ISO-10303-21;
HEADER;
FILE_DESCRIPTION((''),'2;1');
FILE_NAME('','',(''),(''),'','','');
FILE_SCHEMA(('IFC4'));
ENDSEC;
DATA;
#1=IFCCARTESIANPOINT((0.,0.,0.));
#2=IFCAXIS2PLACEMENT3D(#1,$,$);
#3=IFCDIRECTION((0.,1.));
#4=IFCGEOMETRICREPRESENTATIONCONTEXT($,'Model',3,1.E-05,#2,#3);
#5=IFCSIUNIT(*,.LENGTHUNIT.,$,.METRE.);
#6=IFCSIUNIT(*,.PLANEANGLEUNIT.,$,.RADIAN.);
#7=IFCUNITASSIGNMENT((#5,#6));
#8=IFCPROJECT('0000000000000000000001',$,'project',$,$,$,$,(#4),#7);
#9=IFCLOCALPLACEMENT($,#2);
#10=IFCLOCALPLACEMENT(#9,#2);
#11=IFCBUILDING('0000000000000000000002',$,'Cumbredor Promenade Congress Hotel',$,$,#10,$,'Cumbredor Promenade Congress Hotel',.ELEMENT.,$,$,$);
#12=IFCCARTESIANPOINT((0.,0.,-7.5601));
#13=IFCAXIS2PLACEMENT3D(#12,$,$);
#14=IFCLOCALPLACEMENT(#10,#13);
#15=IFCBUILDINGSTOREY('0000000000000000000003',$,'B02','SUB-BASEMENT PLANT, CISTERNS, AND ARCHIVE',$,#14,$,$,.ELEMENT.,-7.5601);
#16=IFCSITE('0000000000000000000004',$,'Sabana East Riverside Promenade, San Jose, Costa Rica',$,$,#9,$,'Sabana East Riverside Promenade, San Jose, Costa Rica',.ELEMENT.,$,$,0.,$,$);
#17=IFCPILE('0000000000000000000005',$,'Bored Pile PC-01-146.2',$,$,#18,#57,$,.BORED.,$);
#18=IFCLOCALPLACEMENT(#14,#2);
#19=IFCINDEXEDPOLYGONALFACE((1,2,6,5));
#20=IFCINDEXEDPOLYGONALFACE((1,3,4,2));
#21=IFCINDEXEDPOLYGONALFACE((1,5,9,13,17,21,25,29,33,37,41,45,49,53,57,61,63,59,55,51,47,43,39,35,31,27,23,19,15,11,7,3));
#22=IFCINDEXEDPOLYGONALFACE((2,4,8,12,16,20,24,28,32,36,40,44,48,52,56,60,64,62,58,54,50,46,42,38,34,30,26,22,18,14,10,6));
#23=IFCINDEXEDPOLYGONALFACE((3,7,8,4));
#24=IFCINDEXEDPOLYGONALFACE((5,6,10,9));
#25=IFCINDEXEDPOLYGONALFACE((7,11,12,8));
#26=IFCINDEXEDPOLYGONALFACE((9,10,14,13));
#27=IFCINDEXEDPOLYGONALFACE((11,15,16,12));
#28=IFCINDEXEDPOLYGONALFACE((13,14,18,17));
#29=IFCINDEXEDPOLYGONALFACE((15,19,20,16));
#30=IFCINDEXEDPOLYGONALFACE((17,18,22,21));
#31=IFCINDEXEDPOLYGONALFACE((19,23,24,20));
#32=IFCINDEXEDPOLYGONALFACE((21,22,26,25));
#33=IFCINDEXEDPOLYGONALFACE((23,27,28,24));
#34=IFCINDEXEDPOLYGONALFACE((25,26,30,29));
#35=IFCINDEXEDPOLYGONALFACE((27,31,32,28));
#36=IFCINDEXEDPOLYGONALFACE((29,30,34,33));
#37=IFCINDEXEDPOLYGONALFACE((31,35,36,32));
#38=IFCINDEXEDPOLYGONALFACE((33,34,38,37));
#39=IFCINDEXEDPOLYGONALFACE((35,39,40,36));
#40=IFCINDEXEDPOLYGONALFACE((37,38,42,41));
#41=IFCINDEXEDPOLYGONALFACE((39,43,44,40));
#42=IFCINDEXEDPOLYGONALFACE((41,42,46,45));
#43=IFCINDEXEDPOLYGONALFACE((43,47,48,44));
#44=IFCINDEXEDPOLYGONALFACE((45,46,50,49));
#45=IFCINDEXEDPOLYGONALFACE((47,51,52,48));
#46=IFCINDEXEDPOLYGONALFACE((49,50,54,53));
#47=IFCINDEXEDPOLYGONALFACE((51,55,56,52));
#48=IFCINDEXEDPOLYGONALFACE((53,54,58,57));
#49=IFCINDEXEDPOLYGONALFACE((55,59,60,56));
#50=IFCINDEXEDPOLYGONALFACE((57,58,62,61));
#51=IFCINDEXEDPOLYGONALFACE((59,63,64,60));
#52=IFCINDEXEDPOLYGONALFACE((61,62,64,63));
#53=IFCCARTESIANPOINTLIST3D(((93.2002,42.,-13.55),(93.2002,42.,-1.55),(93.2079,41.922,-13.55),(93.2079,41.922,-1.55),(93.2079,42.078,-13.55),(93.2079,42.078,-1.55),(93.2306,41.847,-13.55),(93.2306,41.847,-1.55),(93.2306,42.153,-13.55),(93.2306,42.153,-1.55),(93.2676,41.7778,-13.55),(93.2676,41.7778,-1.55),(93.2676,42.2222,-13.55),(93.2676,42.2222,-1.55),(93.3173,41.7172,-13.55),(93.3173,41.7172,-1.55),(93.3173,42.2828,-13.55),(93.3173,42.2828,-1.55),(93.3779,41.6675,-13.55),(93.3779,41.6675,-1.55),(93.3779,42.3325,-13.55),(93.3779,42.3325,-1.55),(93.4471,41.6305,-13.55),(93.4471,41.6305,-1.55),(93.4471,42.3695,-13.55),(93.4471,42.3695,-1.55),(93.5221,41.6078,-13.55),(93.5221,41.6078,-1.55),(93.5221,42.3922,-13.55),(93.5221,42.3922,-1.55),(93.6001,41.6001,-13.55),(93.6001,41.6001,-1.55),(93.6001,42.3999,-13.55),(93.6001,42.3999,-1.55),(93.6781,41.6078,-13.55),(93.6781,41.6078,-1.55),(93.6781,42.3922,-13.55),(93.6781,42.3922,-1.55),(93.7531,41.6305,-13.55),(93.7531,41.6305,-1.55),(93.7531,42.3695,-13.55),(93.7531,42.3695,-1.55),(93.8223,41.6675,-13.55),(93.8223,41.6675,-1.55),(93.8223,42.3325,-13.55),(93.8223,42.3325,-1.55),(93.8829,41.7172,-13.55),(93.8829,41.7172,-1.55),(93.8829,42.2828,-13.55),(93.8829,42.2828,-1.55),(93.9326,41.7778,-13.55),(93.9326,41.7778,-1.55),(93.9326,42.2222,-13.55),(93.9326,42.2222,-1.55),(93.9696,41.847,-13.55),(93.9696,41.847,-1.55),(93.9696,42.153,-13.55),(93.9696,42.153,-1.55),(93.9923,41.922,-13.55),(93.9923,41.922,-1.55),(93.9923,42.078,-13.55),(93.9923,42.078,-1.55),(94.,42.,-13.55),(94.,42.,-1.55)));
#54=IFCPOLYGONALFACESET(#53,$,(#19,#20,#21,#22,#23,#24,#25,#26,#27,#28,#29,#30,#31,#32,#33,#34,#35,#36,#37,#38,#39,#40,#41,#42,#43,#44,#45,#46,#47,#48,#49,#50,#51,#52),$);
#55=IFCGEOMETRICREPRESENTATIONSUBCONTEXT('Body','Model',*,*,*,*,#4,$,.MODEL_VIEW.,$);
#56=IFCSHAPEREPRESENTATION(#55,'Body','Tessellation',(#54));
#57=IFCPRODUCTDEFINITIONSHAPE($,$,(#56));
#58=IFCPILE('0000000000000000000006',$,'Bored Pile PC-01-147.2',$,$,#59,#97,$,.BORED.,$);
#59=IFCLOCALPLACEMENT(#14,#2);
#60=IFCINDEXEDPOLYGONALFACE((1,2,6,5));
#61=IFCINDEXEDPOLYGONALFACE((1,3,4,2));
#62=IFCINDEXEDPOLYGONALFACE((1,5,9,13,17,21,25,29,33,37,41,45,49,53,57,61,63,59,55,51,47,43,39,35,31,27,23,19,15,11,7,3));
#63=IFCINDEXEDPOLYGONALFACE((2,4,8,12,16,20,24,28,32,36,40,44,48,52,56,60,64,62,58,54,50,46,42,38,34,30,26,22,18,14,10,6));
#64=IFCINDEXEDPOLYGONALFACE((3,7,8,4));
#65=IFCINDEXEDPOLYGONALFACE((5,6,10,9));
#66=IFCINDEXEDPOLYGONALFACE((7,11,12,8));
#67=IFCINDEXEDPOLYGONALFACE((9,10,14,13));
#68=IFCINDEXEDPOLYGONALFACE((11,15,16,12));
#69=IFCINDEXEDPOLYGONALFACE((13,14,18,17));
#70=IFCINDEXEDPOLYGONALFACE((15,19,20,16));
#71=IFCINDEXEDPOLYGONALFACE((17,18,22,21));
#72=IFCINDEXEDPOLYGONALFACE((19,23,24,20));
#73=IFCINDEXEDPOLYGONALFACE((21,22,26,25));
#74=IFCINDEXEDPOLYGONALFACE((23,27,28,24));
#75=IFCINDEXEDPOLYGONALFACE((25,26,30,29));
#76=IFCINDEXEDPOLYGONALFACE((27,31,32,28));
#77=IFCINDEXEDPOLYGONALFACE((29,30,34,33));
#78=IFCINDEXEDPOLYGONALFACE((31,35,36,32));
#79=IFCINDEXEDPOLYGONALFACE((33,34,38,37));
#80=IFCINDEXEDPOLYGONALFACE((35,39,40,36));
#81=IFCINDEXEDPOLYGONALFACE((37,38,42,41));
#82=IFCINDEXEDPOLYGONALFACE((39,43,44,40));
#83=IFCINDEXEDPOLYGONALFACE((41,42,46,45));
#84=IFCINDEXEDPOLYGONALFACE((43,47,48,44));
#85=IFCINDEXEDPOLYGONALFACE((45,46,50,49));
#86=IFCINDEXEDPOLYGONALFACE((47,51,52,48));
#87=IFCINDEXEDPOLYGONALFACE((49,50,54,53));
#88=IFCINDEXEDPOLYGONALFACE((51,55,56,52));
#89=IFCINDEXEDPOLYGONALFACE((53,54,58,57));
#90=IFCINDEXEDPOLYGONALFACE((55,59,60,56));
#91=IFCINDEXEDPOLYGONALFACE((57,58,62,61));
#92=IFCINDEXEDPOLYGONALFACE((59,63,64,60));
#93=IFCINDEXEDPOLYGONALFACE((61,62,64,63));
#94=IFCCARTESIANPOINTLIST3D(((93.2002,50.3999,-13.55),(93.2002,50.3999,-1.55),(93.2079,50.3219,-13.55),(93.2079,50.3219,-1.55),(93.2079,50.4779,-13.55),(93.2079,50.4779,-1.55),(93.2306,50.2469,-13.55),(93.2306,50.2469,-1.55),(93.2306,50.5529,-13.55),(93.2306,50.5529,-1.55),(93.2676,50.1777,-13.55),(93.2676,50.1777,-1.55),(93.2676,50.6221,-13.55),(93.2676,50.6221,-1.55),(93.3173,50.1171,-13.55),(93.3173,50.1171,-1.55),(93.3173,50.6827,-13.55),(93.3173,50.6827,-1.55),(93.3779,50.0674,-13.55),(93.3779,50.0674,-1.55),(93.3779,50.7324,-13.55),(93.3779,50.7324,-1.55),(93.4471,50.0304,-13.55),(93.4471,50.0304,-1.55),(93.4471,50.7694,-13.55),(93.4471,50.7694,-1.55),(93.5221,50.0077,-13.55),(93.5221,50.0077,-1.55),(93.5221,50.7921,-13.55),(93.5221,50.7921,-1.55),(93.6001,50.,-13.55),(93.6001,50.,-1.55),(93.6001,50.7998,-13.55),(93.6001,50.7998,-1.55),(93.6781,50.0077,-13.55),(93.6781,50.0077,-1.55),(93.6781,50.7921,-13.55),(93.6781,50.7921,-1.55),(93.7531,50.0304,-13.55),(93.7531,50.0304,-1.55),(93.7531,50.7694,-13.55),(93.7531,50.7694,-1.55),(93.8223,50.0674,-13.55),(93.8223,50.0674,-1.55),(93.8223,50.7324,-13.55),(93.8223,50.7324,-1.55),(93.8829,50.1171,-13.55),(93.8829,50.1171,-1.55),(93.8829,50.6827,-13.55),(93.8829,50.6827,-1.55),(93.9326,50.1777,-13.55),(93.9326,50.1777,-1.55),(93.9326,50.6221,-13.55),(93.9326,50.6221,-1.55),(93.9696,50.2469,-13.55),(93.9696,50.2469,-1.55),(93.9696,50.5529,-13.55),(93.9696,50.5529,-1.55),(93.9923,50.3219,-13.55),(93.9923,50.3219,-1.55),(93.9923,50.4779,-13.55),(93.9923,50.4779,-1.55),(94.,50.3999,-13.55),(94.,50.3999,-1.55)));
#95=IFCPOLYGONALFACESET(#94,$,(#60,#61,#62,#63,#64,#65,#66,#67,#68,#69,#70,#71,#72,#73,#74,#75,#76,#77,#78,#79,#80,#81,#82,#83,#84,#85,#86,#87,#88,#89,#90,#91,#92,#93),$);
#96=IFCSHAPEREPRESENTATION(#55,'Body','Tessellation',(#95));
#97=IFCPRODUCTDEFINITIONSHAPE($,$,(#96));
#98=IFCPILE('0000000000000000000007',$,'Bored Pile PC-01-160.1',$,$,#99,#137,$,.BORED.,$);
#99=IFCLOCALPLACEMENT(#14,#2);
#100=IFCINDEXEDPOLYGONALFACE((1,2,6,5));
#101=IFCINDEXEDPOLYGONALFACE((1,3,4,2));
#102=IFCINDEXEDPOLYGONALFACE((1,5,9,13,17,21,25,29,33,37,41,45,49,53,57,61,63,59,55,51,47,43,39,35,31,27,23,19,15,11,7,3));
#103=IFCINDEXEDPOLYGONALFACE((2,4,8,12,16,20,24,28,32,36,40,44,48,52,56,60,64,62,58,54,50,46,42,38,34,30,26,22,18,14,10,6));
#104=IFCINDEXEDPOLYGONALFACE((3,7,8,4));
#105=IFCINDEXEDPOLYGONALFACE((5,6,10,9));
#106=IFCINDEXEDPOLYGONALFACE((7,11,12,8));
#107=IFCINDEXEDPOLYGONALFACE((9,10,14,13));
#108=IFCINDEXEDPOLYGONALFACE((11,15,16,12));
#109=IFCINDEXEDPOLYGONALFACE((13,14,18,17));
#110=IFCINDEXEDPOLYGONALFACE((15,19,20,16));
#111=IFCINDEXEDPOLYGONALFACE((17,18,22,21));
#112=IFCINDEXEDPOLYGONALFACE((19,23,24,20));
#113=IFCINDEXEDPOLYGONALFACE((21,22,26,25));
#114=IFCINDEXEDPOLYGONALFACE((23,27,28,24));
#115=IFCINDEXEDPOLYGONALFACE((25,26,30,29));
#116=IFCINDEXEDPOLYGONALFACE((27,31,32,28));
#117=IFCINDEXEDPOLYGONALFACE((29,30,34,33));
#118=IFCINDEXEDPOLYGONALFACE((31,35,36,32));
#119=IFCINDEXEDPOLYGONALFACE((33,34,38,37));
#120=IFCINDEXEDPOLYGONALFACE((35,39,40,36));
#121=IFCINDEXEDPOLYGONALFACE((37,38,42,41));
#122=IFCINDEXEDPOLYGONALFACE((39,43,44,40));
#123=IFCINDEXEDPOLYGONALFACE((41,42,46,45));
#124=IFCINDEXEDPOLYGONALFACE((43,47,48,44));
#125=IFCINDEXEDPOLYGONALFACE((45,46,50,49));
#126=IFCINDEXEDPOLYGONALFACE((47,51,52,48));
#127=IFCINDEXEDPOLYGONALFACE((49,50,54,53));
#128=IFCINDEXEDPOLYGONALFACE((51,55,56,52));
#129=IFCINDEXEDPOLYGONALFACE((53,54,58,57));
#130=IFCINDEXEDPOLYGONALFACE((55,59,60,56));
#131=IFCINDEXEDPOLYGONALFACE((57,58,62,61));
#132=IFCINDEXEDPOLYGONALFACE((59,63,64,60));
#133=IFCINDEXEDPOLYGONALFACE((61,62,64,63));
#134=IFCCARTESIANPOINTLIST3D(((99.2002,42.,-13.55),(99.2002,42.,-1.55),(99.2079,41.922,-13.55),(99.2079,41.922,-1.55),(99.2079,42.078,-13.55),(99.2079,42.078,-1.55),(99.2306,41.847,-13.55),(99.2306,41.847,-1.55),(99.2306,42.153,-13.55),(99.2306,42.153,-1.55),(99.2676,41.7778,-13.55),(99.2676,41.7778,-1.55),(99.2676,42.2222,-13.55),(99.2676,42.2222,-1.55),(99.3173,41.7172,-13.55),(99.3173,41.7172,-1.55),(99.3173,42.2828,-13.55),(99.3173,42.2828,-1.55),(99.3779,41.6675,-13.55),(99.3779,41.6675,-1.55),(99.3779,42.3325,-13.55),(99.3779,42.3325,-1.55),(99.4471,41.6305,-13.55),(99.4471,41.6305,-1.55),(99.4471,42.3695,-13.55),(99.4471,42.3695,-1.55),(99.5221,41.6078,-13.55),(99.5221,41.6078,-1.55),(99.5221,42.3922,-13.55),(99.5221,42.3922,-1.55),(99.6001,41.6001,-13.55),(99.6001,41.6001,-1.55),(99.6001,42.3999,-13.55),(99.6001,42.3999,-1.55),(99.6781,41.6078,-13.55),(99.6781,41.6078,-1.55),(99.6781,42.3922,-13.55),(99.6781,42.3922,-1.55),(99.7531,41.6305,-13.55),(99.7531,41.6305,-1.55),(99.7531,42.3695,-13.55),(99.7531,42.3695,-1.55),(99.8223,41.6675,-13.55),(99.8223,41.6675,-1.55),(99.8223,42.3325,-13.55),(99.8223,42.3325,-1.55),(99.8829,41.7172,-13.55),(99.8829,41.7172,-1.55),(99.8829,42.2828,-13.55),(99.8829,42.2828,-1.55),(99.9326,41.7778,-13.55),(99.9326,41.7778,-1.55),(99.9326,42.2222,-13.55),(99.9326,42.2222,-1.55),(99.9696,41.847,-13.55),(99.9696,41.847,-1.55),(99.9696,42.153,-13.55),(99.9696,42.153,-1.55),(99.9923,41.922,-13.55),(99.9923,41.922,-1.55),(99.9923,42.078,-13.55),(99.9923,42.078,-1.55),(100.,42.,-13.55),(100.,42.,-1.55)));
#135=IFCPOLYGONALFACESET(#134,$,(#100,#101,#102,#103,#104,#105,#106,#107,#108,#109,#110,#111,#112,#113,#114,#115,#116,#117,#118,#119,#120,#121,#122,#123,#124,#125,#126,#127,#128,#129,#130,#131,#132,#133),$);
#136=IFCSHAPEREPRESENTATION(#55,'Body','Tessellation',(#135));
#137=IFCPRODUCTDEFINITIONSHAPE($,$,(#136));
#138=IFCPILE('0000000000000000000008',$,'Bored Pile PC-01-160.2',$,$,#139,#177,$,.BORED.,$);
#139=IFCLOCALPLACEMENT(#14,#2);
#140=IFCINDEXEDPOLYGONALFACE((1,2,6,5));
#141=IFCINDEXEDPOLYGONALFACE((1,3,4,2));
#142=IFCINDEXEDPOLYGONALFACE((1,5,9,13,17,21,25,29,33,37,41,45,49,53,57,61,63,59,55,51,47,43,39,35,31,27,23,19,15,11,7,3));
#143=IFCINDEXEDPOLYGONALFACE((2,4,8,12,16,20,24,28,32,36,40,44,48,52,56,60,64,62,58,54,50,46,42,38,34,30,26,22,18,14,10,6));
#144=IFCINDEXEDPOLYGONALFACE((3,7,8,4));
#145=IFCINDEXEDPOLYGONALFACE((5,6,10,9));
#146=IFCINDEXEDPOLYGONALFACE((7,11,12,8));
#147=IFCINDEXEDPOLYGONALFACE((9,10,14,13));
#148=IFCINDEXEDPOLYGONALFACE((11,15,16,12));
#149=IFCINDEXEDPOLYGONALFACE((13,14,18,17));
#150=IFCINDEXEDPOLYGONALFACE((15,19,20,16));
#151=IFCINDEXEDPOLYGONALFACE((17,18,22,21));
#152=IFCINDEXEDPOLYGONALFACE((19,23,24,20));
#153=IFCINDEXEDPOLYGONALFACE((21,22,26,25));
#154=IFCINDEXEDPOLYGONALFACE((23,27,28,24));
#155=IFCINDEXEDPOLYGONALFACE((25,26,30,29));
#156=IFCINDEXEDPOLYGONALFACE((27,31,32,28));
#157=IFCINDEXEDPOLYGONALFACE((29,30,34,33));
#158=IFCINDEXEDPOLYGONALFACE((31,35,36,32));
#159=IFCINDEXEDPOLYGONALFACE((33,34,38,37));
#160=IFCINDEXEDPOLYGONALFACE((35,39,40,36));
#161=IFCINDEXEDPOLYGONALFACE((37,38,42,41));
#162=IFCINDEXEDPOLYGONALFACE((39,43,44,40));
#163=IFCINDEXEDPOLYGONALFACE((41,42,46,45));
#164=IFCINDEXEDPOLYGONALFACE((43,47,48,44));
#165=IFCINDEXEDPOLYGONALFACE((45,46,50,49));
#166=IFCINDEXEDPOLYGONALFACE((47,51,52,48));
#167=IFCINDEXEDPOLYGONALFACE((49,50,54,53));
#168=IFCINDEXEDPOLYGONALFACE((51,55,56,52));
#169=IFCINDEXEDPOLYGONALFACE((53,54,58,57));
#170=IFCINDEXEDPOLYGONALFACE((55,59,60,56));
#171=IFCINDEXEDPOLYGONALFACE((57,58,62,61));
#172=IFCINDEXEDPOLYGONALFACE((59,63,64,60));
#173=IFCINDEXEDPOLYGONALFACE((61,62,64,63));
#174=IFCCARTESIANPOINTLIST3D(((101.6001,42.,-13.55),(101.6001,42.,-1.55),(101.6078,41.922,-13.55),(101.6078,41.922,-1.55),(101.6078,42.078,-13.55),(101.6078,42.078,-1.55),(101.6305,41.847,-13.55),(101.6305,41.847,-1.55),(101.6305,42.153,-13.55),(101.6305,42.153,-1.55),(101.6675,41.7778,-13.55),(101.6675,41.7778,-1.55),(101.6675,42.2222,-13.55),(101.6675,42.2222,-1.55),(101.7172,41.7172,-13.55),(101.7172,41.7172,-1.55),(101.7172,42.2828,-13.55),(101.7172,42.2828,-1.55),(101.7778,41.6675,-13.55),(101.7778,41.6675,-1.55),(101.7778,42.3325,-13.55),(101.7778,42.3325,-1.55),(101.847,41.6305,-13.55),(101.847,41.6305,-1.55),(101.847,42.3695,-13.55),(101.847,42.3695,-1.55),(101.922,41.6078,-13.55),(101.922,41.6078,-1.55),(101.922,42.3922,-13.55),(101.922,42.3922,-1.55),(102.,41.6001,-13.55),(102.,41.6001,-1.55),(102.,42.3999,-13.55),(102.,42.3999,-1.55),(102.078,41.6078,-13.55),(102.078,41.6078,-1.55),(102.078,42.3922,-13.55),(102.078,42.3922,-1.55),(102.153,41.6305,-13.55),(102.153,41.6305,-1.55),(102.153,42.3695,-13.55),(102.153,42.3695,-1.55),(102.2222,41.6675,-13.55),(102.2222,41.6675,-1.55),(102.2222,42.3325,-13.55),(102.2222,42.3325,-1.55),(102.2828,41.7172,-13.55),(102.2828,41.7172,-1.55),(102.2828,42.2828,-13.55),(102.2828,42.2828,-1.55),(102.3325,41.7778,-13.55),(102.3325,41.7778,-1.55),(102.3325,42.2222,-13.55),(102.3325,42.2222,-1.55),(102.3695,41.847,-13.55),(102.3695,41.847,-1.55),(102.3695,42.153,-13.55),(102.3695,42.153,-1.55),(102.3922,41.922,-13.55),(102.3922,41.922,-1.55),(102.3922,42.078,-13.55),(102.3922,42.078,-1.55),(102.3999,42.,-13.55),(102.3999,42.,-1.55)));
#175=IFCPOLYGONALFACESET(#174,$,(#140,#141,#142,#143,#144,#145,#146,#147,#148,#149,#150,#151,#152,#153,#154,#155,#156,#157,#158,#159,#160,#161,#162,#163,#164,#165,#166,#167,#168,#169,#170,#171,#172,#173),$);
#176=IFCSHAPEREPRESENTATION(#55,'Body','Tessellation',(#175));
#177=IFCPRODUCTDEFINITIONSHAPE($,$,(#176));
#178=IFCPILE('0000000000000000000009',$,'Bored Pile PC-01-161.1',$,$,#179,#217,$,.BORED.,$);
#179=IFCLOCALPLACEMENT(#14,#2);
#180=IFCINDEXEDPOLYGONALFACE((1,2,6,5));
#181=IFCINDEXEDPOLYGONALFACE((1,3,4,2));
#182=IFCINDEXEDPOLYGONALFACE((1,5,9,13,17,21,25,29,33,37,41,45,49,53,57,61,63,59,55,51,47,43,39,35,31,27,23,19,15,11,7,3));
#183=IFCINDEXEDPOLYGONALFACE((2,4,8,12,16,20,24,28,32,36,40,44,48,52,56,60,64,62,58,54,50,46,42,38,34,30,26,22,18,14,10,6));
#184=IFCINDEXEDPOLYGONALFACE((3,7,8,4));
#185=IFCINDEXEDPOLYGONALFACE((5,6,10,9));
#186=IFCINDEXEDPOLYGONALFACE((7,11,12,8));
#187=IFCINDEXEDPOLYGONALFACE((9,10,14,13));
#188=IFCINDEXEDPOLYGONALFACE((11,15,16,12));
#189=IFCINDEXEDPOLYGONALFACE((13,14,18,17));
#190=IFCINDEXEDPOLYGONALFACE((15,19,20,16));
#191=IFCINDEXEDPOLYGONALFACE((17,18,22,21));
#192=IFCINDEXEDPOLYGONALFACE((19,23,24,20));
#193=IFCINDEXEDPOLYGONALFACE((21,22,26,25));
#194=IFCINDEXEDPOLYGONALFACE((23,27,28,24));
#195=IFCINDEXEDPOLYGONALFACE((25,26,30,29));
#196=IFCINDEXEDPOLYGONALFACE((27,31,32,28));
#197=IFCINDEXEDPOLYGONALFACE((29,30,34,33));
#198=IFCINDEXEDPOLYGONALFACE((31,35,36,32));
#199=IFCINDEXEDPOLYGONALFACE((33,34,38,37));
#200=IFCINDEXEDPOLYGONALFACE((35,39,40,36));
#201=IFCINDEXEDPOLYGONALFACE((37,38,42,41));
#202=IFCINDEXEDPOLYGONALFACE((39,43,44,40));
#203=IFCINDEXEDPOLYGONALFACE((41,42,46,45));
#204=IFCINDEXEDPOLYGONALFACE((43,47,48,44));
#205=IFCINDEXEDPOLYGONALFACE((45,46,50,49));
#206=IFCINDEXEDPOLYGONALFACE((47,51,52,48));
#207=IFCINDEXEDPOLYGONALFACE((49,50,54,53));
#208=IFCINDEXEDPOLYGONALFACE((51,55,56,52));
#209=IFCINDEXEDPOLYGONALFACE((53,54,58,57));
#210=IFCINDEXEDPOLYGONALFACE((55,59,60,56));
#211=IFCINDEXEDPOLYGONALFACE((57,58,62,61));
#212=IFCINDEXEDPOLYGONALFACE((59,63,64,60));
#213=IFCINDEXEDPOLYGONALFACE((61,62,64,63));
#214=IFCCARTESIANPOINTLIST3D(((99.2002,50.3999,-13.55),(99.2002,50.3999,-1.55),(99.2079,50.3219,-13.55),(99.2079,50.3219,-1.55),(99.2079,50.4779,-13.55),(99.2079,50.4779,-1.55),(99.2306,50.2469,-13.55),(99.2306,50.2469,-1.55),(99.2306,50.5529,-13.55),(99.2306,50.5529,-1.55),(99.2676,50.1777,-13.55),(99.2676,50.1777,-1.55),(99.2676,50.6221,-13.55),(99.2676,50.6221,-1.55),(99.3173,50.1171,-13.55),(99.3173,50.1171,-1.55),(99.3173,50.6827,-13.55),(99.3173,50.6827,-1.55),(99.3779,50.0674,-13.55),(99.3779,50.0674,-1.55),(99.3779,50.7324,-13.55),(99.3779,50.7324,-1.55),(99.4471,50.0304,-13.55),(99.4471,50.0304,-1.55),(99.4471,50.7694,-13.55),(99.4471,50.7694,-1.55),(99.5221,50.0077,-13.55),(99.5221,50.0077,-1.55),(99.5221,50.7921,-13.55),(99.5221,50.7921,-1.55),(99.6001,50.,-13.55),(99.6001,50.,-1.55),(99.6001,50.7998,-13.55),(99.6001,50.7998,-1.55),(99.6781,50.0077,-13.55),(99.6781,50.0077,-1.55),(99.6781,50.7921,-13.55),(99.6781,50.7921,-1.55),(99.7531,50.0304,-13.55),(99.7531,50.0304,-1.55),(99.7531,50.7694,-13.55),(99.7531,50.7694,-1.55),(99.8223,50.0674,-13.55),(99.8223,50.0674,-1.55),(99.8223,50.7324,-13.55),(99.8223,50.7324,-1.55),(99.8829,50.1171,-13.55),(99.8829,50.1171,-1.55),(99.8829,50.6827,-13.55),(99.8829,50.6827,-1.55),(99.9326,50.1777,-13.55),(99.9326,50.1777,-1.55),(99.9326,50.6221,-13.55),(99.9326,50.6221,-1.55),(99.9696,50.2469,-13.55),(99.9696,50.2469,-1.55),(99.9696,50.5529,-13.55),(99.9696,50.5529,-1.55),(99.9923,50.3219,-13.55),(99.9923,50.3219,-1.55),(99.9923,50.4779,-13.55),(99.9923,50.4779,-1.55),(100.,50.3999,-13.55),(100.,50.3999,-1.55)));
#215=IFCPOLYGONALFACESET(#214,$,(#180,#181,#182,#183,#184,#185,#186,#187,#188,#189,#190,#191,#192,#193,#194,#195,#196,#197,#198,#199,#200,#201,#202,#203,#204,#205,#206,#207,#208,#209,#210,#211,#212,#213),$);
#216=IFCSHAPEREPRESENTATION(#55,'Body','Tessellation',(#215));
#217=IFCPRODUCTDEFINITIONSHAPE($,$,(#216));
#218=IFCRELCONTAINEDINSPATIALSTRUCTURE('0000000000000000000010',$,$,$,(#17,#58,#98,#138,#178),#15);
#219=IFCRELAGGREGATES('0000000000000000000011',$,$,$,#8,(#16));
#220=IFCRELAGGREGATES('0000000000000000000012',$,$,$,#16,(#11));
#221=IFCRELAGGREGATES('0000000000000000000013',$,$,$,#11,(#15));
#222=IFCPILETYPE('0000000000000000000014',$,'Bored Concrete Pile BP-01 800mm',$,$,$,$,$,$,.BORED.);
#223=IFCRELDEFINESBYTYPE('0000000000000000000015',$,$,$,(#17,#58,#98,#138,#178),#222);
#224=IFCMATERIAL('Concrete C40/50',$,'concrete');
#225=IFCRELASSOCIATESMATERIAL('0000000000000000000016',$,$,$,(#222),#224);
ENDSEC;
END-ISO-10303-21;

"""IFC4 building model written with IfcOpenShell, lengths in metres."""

from ifc_helpers import new_model, si_unit, direction, frame, origin, origin_2d, place, context, subcontext, project, spatial, circle, extrude, material, material_profile, profile_set, type_object, element, save


model = new_model("IFC4")

# Units and contexts
model_context = context("Model", 3, precision=1e-05, world=origin(), true_north=direction((0.0, 1.0)))
body_context = subcontext(model_context, "Body", "Model", "MODEL_VIEW")
ifc_project = project(units=[si_unit("LENGTHUNIT", "METRE"), si_unit("PLANEANGLEUNIT", "RADIAN")], contexts=[model_context])

# Site, building, storey
site_placement = place(None, origin())
site = spatial("IfcSite", under=ifc_project, at=site_placement, Name="Sabana East Riverside Promenade, San Jose, Costa Rica", LongName="Sabana East Riverside Promenade, San Jose, Costa Rica", CompositionType="ELEMENT", RefElevation=0.0)
building_placement = place(site_placement, origin())
building = spatial("IfcBuilding", under=site, at=building_placement, Name="Cumbredor Promenade Congress Hotel", LongName="Cumbredor Promenade Congress Hotel", CompositionType="ELEMENT")
storey_placement = place(building_placement, frame((0.0, 0.0, -7.5601)))
storey = spatial("IfcBuildingStorey", under=building, at=storey_placement, Name="B02", Description="SUB-BASEMENT PLANT, CISTERNS, AND ARCHIVE", CompositionType="ELEMENT", Elevation=-7.5601)

# Piles
ifc_material_1 = material(Name="Concrete C40/50", Category="concrete")
ifc_material_profile_1 = material_profile(ifc_material_1, circle(Radius=0.3999, at=origin_2d()), Name="PILE D800")
ifc_profile_set_1 = profile_set([ifc_material_profile_1], Name="Concrete C40/50")
pile_type = type_object("IfcPileType", Name="Bored Concrete Pile BP-01 800mm", PredefinedType="BORED", material=ifc_profile_set_1)
for number, where, z_axis, x_axis, name in (
    (1, (93.6001, 42.0, -1.55), (0.0, 0.0, -1.0), (1.0, 0.0, 0.0), "Bored Pile PC-01-146.2"),
    (2, (93.6001, 50.3999, -1.55), (0.0, 0.0, -1.0), (1.0, 0.0, 0.0), "Bored Pile PC-01-147.2"),
    (3, (99.6001, 42.0, -1.55), (0.0, 0.0, -1.0), (1.0, 0.0, 0.0), "Bored Pile PC-01-160.1"),
    (4, (102.0, 42.0, -1.55), (0.0, 0.0, -1.0), (1.0, 0.0, 0.0), "Bored Pile PC-01-160.2"),
    (5, (99.6001, 50.3999, -1.55), (0.0, 0.0, -1.0), (1.0, 0.0, 0.0), "Bored Pile PC-01-161.1"),
):
    element("IfcPile", number, at=place(storey_placement, frame(where, z_axis=z_axis, x_axis=x_axis)), inside=storey, type_object=pile_type, Name=name, PredefinedType="BORED", context=body_context, shape_type="SweptSolid", body=[
        extrude(circle(Radius=0.3999, at=origin_2d()), origin(), (0.0, 0.0, 1.0), 12.0),
    ])

save(model, "model.ifc")
